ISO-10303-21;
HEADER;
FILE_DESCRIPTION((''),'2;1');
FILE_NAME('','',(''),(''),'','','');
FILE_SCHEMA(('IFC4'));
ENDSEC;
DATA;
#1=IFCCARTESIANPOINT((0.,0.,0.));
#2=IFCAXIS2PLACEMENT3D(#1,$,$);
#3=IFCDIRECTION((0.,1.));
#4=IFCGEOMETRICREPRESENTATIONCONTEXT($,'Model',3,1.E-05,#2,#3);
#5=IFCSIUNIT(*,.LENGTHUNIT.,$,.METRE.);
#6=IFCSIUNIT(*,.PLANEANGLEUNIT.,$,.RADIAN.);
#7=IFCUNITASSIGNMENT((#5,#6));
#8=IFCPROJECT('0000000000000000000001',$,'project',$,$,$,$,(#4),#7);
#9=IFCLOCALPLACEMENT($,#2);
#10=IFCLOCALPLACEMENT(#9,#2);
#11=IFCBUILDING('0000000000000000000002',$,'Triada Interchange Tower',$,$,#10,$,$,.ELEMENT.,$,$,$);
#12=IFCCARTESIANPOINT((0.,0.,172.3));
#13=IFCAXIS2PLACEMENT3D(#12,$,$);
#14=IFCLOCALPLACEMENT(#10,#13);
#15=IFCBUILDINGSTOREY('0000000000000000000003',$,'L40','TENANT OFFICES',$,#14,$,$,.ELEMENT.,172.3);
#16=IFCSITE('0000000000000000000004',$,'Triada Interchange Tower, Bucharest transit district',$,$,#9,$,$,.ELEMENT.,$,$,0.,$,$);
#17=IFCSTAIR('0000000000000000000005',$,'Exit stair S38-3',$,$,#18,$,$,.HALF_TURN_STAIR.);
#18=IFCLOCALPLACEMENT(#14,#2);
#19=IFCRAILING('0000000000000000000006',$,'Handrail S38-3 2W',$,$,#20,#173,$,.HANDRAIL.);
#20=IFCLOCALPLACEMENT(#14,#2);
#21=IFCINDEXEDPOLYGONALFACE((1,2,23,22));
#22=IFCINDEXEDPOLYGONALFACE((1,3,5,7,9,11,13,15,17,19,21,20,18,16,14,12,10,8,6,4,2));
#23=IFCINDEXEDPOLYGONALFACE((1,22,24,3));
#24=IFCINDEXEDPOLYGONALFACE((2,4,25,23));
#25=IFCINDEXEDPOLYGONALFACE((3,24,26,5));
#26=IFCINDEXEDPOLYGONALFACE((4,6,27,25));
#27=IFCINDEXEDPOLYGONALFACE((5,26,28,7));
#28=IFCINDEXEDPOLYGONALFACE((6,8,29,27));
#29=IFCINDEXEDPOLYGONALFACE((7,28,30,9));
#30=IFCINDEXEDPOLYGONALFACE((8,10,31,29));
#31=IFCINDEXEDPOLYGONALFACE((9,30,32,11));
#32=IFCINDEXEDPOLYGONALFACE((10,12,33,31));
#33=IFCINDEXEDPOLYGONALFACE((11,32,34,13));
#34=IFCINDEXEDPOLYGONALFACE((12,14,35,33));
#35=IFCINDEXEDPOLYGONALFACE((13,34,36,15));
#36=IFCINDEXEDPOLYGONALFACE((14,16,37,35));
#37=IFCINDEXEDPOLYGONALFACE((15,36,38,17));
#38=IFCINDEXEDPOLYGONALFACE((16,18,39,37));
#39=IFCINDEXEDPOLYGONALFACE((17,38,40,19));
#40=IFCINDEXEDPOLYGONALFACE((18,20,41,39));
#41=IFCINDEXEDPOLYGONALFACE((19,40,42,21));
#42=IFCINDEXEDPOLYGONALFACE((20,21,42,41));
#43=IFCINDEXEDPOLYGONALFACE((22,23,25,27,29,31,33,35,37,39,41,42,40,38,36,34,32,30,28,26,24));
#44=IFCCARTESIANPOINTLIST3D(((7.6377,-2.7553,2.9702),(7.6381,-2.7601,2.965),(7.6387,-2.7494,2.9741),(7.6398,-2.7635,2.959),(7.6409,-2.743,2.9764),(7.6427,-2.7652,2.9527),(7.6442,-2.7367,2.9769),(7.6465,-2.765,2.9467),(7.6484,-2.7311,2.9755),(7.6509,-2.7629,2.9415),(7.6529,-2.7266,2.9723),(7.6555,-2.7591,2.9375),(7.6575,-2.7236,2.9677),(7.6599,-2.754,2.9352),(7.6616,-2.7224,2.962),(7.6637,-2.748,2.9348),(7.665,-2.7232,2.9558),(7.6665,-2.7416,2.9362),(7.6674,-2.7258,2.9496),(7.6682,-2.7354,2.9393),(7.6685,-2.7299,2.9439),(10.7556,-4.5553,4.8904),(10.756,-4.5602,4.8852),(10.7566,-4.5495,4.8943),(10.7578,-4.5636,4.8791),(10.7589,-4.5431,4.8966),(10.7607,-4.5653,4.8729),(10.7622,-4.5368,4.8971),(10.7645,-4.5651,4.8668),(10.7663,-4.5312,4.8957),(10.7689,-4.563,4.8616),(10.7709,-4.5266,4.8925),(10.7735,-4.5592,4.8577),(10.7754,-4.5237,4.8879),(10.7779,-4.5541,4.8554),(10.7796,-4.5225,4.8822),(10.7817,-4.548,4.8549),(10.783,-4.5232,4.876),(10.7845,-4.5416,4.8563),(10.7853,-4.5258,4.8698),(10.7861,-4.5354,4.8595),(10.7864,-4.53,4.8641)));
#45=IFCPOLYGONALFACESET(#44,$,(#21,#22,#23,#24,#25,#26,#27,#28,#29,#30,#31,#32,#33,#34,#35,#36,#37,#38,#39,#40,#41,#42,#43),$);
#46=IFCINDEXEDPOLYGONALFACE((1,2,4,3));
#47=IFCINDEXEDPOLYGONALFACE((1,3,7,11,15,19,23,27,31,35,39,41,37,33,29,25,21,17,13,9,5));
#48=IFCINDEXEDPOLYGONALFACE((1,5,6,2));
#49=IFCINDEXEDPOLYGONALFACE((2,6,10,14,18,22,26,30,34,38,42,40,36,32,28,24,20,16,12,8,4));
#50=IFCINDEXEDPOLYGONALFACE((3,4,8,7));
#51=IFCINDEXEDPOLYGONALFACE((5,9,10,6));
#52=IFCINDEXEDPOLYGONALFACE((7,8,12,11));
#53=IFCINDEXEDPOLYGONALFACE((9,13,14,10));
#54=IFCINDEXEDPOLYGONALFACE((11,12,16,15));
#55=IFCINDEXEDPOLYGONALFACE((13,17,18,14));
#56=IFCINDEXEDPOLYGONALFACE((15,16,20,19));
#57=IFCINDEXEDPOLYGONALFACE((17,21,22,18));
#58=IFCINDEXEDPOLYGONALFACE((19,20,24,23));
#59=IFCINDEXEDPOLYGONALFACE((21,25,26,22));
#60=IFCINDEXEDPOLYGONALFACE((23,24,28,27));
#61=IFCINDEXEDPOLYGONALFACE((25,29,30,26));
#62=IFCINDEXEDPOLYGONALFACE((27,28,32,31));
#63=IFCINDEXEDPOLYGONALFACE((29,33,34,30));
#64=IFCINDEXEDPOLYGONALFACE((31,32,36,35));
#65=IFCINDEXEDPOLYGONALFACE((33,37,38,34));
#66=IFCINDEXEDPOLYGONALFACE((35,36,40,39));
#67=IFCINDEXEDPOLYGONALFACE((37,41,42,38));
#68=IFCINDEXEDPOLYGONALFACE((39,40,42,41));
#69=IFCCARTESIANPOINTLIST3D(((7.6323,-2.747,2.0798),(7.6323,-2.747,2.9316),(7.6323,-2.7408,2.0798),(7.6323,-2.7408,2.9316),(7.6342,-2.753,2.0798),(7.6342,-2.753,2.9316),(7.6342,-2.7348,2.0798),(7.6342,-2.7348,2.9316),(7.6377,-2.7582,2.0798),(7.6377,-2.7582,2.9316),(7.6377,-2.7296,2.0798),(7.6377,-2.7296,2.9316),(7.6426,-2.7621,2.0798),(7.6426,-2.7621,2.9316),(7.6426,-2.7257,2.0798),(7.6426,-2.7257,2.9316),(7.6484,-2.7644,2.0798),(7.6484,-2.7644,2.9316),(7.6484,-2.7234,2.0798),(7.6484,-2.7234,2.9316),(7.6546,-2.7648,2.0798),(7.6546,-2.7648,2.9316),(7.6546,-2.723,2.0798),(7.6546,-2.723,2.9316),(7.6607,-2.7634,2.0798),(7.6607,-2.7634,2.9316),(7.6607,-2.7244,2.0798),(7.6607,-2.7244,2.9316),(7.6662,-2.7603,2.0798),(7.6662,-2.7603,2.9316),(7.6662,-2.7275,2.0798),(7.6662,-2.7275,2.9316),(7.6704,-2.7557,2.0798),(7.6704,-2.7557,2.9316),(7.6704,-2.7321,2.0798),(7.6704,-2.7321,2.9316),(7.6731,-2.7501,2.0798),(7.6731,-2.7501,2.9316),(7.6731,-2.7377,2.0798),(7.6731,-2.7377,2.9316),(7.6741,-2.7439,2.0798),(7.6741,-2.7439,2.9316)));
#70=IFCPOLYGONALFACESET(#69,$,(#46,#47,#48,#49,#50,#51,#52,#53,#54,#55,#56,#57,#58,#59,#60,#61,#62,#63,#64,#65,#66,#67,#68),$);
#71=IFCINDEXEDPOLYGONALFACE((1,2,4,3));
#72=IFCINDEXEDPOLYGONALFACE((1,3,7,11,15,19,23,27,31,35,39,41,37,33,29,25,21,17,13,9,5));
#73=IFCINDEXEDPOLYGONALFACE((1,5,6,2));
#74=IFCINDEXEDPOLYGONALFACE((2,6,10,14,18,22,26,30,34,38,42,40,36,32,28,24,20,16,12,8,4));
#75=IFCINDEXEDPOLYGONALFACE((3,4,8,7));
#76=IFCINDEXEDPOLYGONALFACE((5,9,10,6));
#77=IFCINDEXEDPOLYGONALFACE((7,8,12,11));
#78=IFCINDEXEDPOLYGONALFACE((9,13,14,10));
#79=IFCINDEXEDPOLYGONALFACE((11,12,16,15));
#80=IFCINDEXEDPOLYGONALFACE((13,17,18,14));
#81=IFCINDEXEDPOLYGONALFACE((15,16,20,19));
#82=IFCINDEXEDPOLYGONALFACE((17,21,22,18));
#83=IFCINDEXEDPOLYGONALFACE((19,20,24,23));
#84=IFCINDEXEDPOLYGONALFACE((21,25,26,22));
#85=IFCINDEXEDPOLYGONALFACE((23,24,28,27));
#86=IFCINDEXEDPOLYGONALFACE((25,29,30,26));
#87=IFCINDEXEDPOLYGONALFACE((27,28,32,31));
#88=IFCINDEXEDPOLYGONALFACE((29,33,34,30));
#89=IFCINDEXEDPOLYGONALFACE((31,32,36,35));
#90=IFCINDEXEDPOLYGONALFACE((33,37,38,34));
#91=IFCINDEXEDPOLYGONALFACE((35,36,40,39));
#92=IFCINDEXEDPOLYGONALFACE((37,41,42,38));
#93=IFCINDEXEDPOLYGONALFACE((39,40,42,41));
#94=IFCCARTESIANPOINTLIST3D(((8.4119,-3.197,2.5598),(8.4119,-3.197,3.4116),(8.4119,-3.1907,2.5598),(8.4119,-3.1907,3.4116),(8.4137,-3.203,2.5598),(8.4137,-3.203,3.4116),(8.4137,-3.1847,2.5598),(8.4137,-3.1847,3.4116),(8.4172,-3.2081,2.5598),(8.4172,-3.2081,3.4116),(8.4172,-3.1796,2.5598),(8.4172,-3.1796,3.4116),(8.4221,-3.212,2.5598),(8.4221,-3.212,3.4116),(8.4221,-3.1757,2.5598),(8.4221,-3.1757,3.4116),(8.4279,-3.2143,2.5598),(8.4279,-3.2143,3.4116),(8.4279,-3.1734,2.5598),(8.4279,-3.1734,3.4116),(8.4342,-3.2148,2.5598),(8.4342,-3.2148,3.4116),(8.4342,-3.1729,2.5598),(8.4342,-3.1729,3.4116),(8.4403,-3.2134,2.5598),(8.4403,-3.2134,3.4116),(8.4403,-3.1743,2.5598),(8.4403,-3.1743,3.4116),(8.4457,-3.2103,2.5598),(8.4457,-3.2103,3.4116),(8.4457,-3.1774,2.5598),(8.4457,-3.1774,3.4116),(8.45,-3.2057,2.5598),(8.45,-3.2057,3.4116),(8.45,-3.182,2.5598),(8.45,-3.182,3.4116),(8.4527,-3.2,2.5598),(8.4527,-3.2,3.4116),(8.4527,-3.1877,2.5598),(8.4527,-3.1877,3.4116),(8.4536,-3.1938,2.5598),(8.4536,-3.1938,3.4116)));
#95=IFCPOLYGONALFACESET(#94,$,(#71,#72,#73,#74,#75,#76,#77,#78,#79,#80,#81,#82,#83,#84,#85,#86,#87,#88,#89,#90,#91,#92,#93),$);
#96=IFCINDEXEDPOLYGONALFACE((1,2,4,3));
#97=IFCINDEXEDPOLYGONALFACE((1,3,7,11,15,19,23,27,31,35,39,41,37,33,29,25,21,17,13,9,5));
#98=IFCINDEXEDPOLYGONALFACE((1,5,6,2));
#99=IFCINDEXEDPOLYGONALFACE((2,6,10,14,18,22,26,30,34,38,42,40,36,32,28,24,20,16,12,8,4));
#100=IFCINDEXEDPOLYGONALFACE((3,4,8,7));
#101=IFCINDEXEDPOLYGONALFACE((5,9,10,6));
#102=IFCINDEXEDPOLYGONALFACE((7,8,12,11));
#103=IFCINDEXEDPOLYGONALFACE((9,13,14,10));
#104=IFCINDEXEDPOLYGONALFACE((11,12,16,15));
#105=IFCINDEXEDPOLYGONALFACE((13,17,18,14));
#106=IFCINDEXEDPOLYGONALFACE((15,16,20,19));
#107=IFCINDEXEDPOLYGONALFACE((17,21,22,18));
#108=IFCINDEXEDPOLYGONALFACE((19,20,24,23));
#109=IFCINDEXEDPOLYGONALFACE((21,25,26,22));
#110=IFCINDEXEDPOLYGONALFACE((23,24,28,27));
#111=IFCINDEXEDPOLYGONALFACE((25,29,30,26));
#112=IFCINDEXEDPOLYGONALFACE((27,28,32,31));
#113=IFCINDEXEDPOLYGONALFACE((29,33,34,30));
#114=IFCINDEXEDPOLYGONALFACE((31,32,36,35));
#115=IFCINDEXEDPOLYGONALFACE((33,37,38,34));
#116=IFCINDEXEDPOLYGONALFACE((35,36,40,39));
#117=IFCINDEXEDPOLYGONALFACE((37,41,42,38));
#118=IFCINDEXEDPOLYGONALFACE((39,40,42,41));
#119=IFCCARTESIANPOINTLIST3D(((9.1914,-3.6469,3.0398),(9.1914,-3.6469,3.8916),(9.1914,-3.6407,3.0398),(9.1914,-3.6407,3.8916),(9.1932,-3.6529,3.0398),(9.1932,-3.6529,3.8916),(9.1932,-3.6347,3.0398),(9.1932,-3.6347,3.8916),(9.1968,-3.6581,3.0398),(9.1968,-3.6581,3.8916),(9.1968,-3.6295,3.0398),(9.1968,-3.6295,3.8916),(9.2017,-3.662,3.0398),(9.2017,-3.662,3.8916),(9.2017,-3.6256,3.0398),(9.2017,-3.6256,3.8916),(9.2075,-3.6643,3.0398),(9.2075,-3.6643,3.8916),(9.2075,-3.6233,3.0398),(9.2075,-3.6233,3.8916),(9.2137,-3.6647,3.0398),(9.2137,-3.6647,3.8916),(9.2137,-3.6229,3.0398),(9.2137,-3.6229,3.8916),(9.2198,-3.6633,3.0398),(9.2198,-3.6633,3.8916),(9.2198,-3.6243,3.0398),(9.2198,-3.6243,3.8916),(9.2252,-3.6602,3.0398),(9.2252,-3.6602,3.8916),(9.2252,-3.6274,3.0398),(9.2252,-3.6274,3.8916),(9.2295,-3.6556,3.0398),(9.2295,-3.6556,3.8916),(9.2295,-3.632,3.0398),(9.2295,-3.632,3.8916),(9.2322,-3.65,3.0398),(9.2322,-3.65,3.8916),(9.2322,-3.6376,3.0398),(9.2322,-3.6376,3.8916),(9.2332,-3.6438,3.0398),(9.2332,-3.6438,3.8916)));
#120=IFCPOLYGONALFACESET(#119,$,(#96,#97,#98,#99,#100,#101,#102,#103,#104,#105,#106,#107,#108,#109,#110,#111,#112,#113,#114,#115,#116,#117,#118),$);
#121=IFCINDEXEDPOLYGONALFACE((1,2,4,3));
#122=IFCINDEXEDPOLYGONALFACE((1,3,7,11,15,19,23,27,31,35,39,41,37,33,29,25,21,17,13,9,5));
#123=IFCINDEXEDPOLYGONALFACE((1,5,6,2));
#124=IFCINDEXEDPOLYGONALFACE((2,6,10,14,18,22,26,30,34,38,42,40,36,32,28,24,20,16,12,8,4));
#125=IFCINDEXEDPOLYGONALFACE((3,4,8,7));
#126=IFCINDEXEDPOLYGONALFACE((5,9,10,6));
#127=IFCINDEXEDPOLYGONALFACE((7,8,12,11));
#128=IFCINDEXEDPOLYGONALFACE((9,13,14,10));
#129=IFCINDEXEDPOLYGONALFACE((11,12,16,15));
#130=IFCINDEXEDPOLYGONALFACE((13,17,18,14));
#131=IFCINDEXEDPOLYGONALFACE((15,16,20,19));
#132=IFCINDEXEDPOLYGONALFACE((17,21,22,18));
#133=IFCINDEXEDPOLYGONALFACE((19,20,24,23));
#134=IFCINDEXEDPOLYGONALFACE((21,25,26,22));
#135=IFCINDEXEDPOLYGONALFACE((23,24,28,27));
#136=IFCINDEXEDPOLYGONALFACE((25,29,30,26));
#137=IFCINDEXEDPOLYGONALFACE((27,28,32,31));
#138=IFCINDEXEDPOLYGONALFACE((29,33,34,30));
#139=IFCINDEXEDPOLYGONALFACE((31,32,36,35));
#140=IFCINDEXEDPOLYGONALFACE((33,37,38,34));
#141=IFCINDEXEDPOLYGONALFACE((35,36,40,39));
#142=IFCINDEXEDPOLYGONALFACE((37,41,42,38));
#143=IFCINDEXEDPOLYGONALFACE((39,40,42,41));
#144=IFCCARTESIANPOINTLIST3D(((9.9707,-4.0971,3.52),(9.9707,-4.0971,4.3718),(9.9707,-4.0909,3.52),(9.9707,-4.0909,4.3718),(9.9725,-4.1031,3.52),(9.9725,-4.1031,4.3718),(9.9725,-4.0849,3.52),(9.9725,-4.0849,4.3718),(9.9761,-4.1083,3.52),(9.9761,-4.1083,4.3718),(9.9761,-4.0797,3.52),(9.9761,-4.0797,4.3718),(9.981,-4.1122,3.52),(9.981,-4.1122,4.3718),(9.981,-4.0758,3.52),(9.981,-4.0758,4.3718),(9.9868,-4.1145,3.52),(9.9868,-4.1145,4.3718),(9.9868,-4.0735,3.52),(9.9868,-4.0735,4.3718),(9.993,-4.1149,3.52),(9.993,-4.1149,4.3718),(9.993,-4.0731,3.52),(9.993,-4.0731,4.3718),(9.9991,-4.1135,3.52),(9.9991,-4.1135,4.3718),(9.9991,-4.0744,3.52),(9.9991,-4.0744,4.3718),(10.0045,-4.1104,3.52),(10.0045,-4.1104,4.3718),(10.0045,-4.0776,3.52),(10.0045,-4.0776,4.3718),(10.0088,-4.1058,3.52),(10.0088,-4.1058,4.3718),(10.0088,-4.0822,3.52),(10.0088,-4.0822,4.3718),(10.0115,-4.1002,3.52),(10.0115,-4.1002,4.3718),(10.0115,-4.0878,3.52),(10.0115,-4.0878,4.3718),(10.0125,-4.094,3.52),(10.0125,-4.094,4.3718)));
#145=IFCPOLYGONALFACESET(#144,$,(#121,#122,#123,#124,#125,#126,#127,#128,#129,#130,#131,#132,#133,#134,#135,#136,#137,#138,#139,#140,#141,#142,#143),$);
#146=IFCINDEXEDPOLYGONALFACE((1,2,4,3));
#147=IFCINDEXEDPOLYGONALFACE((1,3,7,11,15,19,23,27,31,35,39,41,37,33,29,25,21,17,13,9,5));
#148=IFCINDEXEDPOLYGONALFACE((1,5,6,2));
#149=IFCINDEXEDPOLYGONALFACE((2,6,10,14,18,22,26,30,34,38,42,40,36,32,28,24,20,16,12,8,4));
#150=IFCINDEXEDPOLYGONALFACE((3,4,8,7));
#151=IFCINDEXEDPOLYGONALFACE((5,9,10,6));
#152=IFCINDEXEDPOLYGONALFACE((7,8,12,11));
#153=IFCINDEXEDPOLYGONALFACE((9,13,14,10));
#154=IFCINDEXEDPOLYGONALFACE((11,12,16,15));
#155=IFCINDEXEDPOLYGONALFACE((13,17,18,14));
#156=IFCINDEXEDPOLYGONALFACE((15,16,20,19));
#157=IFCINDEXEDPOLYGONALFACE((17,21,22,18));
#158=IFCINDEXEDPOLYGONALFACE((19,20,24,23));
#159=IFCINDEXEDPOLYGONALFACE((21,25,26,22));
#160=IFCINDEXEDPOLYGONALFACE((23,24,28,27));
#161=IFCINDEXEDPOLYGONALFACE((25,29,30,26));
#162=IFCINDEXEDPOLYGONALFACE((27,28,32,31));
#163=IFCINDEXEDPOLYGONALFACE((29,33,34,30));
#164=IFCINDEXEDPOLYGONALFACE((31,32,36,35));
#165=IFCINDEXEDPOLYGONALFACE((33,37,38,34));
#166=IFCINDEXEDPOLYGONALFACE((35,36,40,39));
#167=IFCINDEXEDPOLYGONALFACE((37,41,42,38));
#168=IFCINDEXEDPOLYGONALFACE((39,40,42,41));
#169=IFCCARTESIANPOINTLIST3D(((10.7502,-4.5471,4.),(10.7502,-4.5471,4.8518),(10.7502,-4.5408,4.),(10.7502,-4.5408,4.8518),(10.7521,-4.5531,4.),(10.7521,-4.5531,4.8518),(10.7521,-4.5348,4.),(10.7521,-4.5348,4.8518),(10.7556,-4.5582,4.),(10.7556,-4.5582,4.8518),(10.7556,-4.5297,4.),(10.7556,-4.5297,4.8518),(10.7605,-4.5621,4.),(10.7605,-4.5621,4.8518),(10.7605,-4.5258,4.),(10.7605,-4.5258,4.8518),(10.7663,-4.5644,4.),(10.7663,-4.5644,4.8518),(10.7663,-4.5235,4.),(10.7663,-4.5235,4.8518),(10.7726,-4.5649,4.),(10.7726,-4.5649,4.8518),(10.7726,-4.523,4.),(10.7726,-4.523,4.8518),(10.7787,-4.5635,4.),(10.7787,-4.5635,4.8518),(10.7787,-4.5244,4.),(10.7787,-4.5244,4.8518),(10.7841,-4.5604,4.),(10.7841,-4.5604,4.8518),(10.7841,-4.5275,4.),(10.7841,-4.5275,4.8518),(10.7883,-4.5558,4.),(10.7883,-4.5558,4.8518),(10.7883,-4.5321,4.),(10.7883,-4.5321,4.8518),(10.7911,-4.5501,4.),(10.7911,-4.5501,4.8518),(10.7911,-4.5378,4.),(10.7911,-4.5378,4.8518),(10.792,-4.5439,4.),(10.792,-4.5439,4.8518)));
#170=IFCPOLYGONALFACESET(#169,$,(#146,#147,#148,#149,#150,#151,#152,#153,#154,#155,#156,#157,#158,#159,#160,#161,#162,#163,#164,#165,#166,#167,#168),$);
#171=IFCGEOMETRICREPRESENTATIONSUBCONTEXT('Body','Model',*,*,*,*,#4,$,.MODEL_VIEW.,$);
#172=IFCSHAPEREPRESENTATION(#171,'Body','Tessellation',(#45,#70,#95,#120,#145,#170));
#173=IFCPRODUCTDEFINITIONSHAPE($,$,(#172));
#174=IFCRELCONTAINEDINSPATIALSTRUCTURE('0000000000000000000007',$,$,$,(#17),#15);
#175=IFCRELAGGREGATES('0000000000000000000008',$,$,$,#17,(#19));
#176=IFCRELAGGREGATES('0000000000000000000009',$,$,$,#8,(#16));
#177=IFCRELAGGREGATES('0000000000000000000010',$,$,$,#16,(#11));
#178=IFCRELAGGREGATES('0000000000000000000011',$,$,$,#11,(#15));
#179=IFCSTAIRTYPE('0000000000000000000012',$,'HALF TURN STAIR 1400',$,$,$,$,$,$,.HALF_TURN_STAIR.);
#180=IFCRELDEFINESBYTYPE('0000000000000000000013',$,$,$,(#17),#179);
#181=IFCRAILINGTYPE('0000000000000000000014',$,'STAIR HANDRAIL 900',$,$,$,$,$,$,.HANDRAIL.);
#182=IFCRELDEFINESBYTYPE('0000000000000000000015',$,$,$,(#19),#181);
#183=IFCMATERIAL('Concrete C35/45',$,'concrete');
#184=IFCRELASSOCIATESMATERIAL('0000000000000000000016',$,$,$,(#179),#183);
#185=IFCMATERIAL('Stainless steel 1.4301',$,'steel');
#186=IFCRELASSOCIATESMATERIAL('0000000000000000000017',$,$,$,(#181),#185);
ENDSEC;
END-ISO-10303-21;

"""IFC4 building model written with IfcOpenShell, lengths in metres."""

from ifc_helpers import new_model, si_unit, direction, frame, origin, origin_2d, place, context, subcontext, project, spatial, circle, extrude, material, type_object, element, aggregate, save


model = new_model("IFC4")

# Units and contexts
model_context = context("Model", 3, precision=1e-05, world=origin(), true_north=direction((0.0, 1.0)))
body_context = subcontext(model_context, "Body", "Model", "MODEL_VIEW")
ifc_project = project(units=[si_unit("LENGTHUNIT", "METRE"), si_unit("PLANEANGLEUNIT", "RADIAN")], contexts=[model_context])

# Site, building, storey
site_placement = place(None, origin())
site = spatial("IfcSite", under=ifc_project, at=site_placement, Name="Triada Interchange Tower, Bucharest transit district", CompositionType="ELEMENT", RefElevation=0.0)
building_placement = place(site_placement, origin())
building = spatial("IfcBuilding", under=site, at=building_placement, Name="Triada Interchange Tower", CompositionType="ELEMENT")
storey_placement = place(building_placement, frame((0.0, 0.0, 172.3)))
storey = spatial("IfcBuildingStorey", under=building, at=storey_placement, Name="L40", Description="TENANT OFFICES", CompositionType="ELEMENT", Elevation=172.3)

# Stair, railing
ifc_material_1 = material(Name="Concrete C35/45", Category="concrete")
stair_type = type_object("IfcStairType", Name="HALF TURN STAIR 1400", PredefinedType="HALF_TURN_STAIR", material=ifc_material_1)
stair_placement = place(storey_placement, origin())
stair = element("IfcStair", 1, at=stair_placement, inside=storey, type_object=stair_type, Name="Exit stair S38-3", PredefinedType="HALF_TURN_STAIR")
ifc_material_2 = material(Name="Stainless steel 1.4301", Category="steel")
railing_type = type_object("IfcRailingType", Name="STAIR HANDRAIL 900", PredefinedType="HANDRAIL", material=ifc_material_2)
railing_1_placement = place(storey_placement, frame((7.6531, -2.7439, 2.0798)))
railing_1 = element("IfcRailing", 2, at=railing_1_placement, type_object=railing_type, Name="Handrail S38-3 2W", PredefinedType="HANDRAIL", context=body_context, shape_type="SweptSolid", body=[
    extrude(circle(Radius=0.0239, at=origin_2d()), frame((0.0, 0.0, 0.876), z_axis=(0.764145, -0.441159, 0.470597), x_axis=(0.499983, 0.866035, 0.0)), (0.0, 0.0, 1.0), 4.0803),
    extrude(circle(Radius=0.021, at=origin_2d()), origin(), (0.0, 0.0, 1.0), 0.8518),
    extrude(circle(Radius=0.021, at=origin_2d()), frame((0.7795, -0.45, 0.48)), (0.0, 0.0, 1.0), 0.8518),
    extrude(circle(Radius=0.021, at=origin_2d()), frame((1.5591, -0.8999, 0.96)), (0.0, 0.0, 1.0), 0.8518),
    extrude(circle(Radius=0.021, at=origin_2d()), frame((2.3384, -1.3501, 1.4402)), (0.0, 0.0, 1.0), 0.8518),
    extrude(circle(Radius=0.021, at=origin_2d()), frame((3.1179, -1.8, 1.9202)), (0.0, 0.0, 1.0), 0.8518),
])
aggregate(stair, [railing_1])

save(model, "model.ifc")
